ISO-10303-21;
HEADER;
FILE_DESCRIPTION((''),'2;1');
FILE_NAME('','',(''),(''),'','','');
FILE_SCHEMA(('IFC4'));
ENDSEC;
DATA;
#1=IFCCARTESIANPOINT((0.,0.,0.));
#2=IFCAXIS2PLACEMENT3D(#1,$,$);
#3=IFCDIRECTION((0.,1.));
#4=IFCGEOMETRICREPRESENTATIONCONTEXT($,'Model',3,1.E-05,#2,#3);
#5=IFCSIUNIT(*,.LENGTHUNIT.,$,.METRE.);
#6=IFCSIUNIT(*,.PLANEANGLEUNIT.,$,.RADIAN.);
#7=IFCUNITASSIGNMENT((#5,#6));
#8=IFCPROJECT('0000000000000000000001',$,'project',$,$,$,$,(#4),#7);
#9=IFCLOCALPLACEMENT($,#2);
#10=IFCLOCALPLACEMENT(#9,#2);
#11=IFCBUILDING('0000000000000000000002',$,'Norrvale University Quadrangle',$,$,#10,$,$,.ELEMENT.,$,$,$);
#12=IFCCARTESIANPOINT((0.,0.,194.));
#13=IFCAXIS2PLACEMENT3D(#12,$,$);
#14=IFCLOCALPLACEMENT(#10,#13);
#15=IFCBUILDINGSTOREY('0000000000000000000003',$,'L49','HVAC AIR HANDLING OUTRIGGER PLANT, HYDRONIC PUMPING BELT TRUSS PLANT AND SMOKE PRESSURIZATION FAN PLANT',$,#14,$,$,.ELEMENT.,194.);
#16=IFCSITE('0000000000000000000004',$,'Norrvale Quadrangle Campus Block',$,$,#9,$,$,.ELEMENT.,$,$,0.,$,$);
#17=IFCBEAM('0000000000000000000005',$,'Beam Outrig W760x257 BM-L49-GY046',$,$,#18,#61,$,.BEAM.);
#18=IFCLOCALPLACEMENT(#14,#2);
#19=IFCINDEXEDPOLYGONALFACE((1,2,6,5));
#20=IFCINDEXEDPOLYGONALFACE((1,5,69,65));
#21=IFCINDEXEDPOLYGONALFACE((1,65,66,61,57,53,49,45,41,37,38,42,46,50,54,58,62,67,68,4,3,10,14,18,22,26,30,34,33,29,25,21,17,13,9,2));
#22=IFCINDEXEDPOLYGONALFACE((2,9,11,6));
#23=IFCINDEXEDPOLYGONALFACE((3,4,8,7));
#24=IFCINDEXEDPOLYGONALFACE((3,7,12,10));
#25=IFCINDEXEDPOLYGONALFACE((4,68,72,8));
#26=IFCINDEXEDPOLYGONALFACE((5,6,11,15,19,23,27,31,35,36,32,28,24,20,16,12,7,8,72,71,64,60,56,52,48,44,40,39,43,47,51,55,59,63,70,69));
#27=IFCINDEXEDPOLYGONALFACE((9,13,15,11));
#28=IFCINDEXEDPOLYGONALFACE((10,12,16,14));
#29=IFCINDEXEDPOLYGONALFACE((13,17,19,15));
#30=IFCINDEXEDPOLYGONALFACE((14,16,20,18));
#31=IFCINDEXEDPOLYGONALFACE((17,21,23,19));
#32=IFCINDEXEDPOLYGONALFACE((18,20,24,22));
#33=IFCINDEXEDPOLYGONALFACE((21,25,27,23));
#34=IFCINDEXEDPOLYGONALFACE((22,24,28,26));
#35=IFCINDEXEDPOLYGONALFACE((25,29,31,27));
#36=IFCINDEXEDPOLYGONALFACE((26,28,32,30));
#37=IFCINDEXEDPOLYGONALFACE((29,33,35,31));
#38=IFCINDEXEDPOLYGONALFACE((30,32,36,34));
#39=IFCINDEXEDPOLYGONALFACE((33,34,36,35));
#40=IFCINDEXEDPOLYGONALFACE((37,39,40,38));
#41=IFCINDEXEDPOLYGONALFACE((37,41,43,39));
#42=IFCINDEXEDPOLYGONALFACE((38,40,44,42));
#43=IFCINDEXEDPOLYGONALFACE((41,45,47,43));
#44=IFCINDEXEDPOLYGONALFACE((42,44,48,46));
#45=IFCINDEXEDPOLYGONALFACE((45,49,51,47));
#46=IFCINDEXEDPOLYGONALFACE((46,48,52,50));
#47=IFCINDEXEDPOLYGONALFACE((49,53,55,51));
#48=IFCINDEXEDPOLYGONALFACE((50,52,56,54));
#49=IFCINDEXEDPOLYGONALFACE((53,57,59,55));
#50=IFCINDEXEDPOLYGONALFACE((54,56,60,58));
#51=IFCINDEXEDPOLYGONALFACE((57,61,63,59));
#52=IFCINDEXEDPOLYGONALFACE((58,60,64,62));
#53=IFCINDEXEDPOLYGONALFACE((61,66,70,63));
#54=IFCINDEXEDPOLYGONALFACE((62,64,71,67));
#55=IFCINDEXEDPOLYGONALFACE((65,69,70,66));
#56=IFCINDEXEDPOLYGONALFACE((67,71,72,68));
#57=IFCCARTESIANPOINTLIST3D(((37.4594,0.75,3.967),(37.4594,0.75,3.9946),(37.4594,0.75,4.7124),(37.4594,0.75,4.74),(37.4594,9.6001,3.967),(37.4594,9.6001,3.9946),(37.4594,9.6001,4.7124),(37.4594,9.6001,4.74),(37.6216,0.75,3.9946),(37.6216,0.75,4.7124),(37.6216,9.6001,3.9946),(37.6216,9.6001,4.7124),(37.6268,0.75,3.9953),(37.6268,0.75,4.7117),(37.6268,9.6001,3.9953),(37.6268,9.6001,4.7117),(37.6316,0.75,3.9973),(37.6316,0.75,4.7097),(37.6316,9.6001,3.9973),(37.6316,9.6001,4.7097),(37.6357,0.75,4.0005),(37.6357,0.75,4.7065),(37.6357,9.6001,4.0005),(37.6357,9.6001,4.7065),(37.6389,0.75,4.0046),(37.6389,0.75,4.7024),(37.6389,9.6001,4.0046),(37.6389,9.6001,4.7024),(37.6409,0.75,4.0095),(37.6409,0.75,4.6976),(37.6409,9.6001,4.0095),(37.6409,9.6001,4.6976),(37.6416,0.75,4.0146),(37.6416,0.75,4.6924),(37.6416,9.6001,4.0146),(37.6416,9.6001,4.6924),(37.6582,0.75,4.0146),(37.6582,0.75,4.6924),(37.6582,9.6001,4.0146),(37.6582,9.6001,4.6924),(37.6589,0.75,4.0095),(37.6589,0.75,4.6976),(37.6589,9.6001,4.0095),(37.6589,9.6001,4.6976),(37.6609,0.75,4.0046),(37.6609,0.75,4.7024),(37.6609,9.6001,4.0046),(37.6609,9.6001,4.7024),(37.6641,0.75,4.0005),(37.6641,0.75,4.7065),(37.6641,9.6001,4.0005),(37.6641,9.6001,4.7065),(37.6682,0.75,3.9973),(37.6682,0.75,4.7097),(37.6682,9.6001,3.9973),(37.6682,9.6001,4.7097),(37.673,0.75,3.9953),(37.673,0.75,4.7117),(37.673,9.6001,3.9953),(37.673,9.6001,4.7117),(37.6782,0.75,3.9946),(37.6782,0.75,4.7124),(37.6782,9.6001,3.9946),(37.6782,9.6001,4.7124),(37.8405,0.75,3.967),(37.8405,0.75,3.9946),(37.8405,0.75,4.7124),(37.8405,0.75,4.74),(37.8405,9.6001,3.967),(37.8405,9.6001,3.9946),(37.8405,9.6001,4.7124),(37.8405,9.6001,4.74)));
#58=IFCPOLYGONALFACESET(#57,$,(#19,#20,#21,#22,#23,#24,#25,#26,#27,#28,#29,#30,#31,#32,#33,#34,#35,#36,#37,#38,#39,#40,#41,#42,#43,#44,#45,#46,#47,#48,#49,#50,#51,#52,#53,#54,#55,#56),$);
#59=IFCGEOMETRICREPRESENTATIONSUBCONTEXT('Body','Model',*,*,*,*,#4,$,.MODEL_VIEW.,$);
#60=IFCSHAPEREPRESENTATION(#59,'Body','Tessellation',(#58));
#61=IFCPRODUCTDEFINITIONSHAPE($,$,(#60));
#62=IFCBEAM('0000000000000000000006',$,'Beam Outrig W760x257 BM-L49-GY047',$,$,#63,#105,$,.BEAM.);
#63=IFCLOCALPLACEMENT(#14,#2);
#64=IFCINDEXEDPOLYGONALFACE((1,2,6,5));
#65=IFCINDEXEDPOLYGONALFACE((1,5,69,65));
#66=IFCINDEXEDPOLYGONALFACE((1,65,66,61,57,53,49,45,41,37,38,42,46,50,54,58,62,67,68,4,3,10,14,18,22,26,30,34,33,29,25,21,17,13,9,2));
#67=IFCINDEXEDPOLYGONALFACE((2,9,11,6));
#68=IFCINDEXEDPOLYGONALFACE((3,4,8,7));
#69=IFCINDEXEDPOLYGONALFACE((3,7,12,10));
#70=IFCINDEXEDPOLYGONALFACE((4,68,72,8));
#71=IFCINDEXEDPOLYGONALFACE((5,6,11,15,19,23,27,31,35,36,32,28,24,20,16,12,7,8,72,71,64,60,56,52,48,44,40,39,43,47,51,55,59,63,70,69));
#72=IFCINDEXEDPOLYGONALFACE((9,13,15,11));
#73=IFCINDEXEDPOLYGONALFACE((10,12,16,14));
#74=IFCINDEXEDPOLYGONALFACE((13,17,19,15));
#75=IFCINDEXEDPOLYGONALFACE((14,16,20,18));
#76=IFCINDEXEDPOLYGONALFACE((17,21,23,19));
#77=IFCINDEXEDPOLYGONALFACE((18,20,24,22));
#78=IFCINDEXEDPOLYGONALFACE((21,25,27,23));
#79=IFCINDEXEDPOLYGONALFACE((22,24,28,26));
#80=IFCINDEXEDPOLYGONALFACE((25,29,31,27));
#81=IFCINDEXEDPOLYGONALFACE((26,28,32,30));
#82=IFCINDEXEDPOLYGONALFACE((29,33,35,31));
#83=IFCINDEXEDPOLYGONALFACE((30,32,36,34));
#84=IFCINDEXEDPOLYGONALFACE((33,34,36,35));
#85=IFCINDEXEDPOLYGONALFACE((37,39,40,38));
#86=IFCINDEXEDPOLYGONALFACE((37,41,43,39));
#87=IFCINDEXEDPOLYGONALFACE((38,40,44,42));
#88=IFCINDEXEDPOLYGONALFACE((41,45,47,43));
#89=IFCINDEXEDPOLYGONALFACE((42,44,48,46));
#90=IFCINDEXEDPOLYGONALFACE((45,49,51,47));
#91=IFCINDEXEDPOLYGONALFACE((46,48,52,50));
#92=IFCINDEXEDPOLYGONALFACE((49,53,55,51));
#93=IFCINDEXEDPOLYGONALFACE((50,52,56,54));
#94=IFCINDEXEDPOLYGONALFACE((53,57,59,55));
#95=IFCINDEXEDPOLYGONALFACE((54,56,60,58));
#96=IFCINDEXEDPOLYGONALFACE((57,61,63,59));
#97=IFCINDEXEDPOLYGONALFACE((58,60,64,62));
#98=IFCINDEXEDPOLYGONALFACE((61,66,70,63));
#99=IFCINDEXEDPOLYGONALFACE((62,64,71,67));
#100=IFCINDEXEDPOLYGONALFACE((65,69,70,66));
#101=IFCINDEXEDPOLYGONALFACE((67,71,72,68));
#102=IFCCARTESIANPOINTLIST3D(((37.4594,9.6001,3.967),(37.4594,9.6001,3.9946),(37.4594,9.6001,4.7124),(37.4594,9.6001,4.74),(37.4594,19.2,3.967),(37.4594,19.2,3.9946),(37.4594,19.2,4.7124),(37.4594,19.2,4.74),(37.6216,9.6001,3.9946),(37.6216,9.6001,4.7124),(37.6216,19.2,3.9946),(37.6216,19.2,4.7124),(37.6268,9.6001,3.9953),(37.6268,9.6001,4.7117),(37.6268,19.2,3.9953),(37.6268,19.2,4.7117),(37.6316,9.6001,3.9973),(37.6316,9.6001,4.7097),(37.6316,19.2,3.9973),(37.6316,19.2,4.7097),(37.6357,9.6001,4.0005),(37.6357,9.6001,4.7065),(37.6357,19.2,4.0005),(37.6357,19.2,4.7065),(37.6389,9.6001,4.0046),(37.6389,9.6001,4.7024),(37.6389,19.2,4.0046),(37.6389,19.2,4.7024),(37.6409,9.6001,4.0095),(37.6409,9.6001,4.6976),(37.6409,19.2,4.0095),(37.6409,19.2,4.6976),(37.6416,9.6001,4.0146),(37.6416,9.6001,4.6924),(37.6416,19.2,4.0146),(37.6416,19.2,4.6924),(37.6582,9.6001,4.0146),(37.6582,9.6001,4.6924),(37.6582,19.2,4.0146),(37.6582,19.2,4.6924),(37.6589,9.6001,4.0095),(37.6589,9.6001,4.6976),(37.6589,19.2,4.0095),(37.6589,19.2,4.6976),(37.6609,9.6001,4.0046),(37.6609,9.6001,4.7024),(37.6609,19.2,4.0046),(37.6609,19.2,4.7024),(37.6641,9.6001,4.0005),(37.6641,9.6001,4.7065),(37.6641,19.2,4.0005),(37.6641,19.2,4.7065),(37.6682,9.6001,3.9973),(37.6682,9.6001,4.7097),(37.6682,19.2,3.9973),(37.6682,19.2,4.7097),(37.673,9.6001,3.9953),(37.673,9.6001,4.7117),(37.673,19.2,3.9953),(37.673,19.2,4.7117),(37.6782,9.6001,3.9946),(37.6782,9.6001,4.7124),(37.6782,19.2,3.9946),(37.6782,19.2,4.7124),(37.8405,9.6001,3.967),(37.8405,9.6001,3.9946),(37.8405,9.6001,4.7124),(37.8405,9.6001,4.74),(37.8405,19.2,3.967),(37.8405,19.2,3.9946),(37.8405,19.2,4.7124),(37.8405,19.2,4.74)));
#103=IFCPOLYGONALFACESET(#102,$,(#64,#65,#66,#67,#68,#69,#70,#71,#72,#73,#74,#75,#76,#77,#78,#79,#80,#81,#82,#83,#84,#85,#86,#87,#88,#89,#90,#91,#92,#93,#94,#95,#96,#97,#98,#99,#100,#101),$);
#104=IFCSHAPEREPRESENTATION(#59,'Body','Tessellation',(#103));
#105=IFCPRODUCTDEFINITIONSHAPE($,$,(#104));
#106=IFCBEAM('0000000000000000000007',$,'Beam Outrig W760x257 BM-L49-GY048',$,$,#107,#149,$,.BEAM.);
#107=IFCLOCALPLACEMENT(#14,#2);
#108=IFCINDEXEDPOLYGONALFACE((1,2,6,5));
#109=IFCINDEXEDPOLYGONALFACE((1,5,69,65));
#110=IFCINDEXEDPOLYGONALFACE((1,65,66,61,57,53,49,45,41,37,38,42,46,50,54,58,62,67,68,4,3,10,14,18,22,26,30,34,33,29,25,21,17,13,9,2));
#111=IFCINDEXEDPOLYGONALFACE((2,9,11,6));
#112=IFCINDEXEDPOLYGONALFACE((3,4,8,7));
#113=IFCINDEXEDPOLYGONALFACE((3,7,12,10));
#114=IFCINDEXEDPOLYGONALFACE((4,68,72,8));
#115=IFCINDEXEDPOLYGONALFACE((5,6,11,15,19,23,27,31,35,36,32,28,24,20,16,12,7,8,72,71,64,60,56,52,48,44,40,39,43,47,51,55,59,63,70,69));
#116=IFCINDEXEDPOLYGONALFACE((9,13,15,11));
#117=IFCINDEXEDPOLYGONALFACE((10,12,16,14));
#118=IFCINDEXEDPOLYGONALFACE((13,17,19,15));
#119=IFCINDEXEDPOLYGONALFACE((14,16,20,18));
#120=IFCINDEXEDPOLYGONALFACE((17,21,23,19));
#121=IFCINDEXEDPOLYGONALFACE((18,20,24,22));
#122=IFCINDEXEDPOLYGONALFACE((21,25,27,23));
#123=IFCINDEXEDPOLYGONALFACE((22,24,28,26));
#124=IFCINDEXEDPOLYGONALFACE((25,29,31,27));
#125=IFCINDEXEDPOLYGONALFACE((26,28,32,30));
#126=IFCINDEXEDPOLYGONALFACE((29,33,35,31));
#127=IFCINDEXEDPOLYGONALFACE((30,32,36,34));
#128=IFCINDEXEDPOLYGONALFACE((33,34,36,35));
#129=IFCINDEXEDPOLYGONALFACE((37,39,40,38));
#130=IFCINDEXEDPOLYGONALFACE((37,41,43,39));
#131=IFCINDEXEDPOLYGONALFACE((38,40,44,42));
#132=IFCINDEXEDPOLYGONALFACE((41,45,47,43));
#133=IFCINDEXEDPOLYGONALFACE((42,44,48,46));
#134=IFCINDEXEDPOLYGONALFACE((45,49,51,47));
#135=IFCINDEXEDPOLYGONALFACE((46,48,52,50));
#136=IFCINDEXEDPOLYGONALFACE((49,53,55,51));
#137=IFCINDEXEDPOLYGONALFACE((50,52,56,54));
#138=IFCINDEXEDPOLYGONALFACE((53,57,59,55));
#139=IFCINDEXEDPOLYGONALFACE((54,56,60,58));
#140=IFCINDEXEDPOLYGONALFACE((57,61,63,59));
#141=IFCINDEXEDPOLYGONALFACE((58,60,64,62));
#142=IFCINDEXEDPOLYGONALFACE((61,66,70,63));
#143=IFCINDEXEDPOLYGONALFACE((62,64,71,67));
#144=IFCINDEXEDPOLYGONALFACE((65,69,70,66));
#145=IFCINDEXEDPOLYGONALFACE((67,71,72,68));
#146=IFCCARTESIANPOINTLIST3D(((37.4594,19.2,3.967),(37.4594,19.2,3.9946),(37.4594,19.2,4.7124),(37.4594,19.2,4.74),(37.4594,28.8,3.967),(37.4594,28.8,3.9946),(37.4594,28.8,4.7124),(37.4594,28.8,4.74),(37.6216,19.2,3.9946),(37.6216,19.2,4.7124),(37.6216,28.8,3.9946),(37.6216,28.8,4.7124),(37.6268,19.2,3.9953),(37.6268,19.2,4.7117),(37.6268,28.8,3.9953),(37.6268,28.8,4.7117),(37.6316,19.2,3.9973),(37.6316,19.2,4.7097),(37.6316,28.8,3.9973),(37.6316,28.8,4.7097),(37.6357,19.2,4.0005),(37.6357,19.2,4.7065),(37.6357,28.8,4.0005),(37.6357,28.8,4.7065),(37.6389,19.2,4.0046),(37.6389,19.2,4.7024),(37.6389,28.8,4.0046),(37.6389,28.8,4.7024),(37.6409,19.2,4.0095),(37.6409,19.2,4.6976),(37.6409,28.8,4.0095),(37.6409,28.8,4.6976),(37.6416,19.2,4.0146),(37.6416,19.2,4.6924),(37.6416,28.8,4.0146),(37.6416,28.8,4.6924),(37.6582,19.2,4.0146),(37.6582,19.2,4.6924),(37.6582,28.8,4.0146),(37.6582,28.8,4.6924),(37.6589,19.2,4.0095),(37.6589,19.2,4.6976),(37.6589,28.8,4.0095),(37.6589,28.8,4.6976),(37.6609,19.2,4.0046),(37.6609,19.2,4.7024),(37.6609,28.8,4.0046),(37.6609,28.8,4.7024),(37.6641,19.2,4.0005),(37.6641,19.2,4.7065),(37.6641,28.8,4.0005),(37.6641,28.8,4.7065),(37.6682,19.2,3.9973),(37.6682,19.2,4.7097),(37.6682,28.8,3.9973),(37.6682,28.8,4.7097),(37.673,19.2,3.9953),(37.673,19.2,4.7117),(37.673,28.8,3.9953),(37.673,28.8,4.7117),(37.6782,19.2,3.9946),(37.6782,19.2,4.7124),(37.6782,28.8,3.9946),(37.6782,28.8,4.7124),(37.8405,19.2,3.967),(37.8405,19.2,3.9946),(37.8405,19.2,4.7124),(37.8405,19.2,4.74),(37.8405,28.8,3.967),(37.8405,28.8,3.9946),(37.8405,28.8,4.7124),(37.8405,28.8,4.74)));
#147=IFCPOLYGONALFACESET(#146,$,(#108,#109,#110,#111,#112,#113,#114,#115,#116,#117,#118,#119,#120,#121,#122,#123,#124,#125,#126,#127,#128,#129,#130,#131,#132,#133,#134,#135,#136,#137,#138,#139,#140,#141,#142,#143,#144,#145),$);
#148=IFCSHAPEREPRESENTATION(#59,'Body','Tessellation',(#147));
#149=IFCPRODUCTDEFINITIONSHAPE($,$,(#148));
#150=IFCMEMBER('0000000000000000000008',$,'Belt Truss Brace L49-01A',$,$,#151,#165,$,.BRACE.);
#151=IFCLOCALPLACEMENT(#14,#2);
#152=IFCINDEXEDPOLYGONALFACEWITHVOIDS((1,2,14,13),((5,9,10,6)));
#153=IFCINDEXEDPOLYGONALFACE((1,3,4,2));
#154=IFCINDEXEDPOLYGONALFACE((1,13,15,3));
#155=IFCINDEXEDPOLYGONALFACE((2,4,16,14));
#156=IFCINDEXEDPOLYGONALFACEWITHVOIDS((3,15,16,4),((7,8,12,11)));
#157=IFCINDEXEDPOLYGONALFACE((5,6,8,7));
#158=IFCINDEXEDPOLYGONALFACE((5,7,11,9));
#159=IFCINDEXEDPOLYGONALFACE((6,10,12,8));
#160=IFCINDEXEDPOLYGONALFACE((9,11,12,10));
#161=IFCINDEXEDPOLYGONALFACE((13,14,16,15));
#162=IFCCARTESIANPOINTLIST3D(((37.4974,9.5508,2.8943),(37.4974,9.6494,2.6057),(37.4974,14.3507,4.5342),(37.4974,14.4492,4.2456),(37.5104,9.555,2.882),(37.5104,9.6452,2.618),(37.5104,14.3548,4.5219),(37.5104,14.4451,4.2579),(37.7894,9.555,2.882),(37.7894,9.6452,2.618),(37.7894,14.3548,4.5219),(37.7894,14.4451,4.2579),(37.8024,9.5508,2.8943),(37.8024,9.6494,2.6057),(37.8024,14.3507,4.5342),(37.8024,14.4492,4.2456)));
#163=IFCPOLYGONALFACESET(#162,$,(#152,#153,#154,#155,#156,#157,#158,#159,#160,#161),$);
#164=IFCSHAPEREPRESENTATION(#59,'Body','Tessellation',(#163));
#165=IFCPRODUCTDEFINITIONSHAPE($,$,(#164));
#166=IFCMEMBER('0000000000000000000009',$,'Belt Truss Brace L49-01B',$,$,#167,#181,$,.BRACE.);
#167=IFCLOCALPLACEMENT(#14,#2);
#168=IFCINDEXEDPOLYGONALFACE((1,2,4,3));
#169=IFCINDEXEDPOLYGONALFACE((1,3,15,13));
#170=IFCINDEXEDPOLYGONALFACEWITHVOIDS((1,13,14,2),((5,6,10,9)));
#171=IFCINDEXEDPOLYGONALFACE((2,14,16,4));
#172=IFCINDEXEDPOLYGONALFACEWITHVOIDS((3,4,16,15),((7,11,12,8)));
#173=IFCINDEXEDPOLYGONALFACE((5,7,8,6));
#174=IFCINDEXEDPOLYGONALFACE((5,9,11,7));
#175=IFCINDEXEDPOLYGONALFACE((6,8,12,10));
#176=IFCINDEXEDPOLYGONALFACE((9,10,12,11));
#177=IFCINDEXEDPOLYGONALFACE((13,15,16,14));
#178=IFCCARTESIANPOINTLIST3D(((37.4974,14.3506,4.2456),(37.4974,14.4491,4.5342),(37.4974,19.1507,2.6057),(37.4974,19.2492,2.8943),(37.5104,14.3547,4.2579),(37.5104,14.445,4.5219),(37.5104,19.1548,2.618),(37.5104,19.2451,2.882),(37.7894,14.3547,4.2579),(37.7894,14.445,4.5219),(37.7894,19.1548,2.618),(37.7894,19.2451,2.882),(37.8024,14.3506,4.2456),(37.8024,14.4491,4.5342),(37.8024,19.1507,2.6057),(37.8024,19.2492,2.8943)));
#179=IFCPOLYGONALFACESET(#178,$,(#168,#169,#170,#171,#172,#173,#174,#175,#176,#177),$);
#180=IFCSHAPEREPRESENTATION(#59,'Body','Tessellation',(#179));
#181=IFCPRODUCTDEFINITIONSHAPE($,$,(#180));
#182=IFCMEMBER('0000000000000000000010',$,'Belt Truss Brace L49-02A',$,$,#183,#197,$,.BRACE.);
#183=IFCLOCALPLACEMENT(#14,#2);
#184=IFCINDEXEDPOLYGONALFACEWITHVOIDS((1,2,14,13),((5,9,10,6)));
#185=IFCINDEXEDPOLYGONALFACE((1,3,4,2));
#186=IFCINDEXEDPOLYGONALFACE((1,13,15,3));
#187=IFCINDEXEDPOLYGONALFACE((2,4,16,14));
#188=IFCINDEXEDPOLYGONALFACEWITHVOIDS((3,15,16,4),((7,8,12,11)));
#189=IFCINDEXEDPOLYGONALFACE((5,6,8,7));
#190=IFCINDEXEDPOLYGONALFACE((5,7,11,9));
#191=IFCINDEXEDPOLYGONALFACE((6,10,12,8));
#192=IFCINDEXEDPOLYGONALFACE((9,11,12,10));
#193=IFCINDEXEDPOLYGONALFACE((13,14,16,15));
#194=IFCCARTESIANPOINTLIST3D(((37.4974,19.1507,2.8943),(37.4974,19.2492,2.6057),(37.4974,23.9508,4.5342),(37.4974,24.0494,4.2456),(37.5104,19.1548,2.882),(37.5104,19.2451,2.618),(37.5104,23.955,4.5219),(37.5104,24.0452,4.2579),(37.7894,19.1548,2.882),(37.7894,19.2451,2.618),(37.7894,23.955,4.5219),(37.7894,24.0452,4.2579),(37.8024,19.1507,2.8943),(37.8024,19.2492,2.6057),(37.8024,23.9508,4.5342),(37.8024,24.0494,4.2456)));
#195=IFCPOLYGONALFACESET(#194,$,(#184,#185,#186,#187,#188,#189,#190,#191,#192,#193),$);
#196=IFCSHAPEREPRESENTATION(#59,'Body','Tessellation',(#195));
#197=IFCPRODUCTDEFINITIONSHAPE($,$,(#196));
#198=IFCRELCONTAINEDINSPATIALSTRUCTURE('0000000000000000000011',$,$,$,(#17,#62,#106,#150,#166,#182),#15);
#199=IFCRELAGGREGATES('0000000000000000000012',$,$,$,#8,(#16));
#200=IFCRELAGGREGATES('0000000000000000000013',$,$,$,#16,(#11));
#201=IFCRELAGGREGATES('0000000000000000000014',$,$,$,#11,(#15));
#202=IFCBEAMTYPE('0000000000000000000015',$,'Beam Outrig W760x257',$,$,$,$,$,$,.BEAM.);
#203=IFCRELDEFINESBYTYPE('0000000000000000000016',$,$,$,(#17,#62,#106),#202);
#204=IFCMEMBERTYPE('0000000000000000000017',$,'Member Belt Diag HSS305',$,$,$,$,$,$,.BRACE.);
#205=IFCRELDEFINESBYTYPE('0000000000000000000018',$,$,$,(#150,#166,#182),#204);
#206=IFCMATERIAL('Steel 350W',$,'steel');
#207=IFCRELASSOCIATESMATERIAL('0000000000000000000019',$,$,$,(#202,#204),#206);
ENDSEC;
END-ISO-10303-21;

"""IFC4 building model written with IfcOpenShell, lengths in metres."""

from ifc_helpers import new_model, si_unit, direction, frame, origin, origin_2d, place, context, subcontext, project, spatial, hollow_rectangle, i_section, extrude, material, material_profile, profile_set, type_object, element, save


model = new_model("IFC4")

# Units and contexts
model_context = context("Model", 3, precision=1e-05, world=origin(), true_north=direction((0.0, 1.0)))
body_context = subcontext(model_context, "Body", "Model", "MODEL_VIEW")
ifc_project = project(units=[si_unit("LENGTHUNIT", "METRE"), si_unit("PLANEANGLEUNIT", "RADIAN")], contexts=[model_context])

# Site, building, storey
site_placement = place(None, origin())
site = spatial("IfcSite", under=ifc_project, at=site_placement, Name="Norrvale Quadrangle Campus Block", CompositionType="ELEMENT", RefElevation=0.0)
building_placement = place(site_placement, origin())
building = spatial("IfcBuilding", under=site, at=building_placement, Name="Norrvale University Quadrangle", CompositionType="ELEMENT")
storey_placement = place(building_placement, frame((0.0, 0.0, 194.0)))
storey = spatial("IfcBuildingStorey", under=building, at=storey_placement, Name="L49", Description="HVAC AIR HANDLING OUTRIGGER PLANT, HYDRONIC PUMPING BELT TRUSS PLANT AND SMOKE PRESSURIZATION FAN PLANT", CompositionType="ELEMENT", Elevation=194.0)

# Beams
ifc_material_1 = material(Name="Steel 350W", Category="steel")
ifc_material_profile_1 = material_profile(ifc_material_1, i_section(OverallWidth=0.3811, OverallDepth=0.7729, WebThickness=0.0166, FlangeThickness=0.0276, FilletRadius=0.02, at=origin_2d()), Name="Steel 350W")
ifc_profile_set_1 = profile_set([ifc_material_profile_1], Name="Steel 350W")
beam_type_1 = type_object("IfcBeamType", Name="Beam Outrig W760x257", PredefinedType="BEAM", material=ifc_profile_set_1)
beam_1_placement = place(storey_placement, frame((37.6499, 0.75, 4.3535), z_axis=(0.0, 1.0, 0.0), x_axis=(-1.0, 0.0, 0.0)))
element("IfcBeam", 1, at=beam_1_placement, inside=storey, type_object=beam_type_1, Name="Beam Outrig W760x257 BM-L49-GY046", PredefinedType="BEAM", context=body_context, shape_type="SweptSolid", body=[
    extrude(i_section(OverallWidth=0.3811, OverallDepth=0.7729, WebThickness=0.0166, FlangeThickness=0.0276, FilletRadius=0.02, at=origin_2d()), origin(), (0.0, 0.0, 1.0), 8.8501),
])
beam_2_placement = place(storey_placement, frame((37.6499, 9.6001, 4.3535), z_axis=(0.0, 1.0, 0.0), x_axis=(-1.0, 0.0, 0.0)))
element("IfcBeam", 2, at=beam_2_placement, inside=storey, type_object=beam_type_1, Name="Beam Outrig W760x257 BM-L49-GY047", PredefinedType="BEAM", context=body_context, shape_type="SweptSolid", body=[
    extrude(i_section(OverallWidth=0.3811, OverallDepth=0.7729, WebThickness=0.0166, FlangeThickness=0.0276, FilletRadius=0.02, at=origin_2d()), origin(), (0.0, 0.0, 1.0), 9.5999),
])
beam_3_placement = place(storey_placement, frame((37.6499, 19.2, 4.3535), z_axis=(0.0, 1.0, 0.0), x_axis=(-1.0, 0.0, 0.0)))
element("IfcBeam", 3, at=beam_3_placement, inside=storey, type_object=beam_type_1, Name="Beam Outrig W760x257 BM-L49-GY048", PredefinedType="BEAM", context=body_context, shape_type="SweptSolid", body=[
    extrude(i_section(OverallWidth=0.3811, OverallDepth=0.7729, WebThickness=0.0166, FlangeThickness=0.0276, FilletRadius=0.02, at=origin_2d()), origin(), (0.0, 0.0, 1.0), 9.6001),
])

# Members
ifc_material_profile_2 = material_profile(ifc_material_1, hollow_rectangle(XDim=0.3049, YDim=0.3049, WallThickness=0.0129, at=origin_2d()), Name="Steel 350W")
ifc_profile_set_2 = profile_set([ifc_material_profile_2], Name="Steel 350W")
member_type_1 = type_object("IfcMemberType", Name="Member Belt Diag HSS305", PredefinedType="BRACE", material=ifc_profile_set_2)
member_1_placement = place(storey_placement, frame((37.6499, 9.6001, 2.75), z_axis=(0.0, 0.946293, 0.323309), x_axis=(-1.0, 0.0, 0.0)))
element("IfcMember", 4, at=member_1_placement, inside=storey, type_object=member_type_1, Name="Belt Truss Brace L49-01A", PredefinedType="BRACE", context=body_context, shape_type="SweptSolid", body=[
    extrude(hollow_rectangle(XDim=0.3049, YDim=0.3049, WallThickness=0.0129, at=origin_2d()), origin(), (0.0, 0.0, 1.0), 5.0723),
])
for number, where, z_axis, x_axis, name in (
    (5, (37.6499, 19.2, 2.75), (0.0, -0.946299, 0.323294), (1.0, 0.0, 0.0), "Belt Truss Brace L49-01B"),
    (6, (37.6499, 19.2, 2.75), (0.0, 0.946299, 0.323294), (-1.0, 0.0, 0.0), "Belt Truss Brace L49-02A"),
):
    element("IfcMember", number, at=place(storey_placement, frame(where, z_axis=z_axis, x_axis=x_axis)), inside=storey, type_object=member_type_1, Name=name, PredefinedType="BRACE", context=body_context, shape_type="SweptSolid", body=[
        extrude(hollow_rectangle(XDim=0.3049, YDim=0.3049, WallThickness=0.0129, at=origin_2d()), origin(), (0.0, 0.0, 1.0), 5.0725),
    ])

save(model, "model.ifc")
